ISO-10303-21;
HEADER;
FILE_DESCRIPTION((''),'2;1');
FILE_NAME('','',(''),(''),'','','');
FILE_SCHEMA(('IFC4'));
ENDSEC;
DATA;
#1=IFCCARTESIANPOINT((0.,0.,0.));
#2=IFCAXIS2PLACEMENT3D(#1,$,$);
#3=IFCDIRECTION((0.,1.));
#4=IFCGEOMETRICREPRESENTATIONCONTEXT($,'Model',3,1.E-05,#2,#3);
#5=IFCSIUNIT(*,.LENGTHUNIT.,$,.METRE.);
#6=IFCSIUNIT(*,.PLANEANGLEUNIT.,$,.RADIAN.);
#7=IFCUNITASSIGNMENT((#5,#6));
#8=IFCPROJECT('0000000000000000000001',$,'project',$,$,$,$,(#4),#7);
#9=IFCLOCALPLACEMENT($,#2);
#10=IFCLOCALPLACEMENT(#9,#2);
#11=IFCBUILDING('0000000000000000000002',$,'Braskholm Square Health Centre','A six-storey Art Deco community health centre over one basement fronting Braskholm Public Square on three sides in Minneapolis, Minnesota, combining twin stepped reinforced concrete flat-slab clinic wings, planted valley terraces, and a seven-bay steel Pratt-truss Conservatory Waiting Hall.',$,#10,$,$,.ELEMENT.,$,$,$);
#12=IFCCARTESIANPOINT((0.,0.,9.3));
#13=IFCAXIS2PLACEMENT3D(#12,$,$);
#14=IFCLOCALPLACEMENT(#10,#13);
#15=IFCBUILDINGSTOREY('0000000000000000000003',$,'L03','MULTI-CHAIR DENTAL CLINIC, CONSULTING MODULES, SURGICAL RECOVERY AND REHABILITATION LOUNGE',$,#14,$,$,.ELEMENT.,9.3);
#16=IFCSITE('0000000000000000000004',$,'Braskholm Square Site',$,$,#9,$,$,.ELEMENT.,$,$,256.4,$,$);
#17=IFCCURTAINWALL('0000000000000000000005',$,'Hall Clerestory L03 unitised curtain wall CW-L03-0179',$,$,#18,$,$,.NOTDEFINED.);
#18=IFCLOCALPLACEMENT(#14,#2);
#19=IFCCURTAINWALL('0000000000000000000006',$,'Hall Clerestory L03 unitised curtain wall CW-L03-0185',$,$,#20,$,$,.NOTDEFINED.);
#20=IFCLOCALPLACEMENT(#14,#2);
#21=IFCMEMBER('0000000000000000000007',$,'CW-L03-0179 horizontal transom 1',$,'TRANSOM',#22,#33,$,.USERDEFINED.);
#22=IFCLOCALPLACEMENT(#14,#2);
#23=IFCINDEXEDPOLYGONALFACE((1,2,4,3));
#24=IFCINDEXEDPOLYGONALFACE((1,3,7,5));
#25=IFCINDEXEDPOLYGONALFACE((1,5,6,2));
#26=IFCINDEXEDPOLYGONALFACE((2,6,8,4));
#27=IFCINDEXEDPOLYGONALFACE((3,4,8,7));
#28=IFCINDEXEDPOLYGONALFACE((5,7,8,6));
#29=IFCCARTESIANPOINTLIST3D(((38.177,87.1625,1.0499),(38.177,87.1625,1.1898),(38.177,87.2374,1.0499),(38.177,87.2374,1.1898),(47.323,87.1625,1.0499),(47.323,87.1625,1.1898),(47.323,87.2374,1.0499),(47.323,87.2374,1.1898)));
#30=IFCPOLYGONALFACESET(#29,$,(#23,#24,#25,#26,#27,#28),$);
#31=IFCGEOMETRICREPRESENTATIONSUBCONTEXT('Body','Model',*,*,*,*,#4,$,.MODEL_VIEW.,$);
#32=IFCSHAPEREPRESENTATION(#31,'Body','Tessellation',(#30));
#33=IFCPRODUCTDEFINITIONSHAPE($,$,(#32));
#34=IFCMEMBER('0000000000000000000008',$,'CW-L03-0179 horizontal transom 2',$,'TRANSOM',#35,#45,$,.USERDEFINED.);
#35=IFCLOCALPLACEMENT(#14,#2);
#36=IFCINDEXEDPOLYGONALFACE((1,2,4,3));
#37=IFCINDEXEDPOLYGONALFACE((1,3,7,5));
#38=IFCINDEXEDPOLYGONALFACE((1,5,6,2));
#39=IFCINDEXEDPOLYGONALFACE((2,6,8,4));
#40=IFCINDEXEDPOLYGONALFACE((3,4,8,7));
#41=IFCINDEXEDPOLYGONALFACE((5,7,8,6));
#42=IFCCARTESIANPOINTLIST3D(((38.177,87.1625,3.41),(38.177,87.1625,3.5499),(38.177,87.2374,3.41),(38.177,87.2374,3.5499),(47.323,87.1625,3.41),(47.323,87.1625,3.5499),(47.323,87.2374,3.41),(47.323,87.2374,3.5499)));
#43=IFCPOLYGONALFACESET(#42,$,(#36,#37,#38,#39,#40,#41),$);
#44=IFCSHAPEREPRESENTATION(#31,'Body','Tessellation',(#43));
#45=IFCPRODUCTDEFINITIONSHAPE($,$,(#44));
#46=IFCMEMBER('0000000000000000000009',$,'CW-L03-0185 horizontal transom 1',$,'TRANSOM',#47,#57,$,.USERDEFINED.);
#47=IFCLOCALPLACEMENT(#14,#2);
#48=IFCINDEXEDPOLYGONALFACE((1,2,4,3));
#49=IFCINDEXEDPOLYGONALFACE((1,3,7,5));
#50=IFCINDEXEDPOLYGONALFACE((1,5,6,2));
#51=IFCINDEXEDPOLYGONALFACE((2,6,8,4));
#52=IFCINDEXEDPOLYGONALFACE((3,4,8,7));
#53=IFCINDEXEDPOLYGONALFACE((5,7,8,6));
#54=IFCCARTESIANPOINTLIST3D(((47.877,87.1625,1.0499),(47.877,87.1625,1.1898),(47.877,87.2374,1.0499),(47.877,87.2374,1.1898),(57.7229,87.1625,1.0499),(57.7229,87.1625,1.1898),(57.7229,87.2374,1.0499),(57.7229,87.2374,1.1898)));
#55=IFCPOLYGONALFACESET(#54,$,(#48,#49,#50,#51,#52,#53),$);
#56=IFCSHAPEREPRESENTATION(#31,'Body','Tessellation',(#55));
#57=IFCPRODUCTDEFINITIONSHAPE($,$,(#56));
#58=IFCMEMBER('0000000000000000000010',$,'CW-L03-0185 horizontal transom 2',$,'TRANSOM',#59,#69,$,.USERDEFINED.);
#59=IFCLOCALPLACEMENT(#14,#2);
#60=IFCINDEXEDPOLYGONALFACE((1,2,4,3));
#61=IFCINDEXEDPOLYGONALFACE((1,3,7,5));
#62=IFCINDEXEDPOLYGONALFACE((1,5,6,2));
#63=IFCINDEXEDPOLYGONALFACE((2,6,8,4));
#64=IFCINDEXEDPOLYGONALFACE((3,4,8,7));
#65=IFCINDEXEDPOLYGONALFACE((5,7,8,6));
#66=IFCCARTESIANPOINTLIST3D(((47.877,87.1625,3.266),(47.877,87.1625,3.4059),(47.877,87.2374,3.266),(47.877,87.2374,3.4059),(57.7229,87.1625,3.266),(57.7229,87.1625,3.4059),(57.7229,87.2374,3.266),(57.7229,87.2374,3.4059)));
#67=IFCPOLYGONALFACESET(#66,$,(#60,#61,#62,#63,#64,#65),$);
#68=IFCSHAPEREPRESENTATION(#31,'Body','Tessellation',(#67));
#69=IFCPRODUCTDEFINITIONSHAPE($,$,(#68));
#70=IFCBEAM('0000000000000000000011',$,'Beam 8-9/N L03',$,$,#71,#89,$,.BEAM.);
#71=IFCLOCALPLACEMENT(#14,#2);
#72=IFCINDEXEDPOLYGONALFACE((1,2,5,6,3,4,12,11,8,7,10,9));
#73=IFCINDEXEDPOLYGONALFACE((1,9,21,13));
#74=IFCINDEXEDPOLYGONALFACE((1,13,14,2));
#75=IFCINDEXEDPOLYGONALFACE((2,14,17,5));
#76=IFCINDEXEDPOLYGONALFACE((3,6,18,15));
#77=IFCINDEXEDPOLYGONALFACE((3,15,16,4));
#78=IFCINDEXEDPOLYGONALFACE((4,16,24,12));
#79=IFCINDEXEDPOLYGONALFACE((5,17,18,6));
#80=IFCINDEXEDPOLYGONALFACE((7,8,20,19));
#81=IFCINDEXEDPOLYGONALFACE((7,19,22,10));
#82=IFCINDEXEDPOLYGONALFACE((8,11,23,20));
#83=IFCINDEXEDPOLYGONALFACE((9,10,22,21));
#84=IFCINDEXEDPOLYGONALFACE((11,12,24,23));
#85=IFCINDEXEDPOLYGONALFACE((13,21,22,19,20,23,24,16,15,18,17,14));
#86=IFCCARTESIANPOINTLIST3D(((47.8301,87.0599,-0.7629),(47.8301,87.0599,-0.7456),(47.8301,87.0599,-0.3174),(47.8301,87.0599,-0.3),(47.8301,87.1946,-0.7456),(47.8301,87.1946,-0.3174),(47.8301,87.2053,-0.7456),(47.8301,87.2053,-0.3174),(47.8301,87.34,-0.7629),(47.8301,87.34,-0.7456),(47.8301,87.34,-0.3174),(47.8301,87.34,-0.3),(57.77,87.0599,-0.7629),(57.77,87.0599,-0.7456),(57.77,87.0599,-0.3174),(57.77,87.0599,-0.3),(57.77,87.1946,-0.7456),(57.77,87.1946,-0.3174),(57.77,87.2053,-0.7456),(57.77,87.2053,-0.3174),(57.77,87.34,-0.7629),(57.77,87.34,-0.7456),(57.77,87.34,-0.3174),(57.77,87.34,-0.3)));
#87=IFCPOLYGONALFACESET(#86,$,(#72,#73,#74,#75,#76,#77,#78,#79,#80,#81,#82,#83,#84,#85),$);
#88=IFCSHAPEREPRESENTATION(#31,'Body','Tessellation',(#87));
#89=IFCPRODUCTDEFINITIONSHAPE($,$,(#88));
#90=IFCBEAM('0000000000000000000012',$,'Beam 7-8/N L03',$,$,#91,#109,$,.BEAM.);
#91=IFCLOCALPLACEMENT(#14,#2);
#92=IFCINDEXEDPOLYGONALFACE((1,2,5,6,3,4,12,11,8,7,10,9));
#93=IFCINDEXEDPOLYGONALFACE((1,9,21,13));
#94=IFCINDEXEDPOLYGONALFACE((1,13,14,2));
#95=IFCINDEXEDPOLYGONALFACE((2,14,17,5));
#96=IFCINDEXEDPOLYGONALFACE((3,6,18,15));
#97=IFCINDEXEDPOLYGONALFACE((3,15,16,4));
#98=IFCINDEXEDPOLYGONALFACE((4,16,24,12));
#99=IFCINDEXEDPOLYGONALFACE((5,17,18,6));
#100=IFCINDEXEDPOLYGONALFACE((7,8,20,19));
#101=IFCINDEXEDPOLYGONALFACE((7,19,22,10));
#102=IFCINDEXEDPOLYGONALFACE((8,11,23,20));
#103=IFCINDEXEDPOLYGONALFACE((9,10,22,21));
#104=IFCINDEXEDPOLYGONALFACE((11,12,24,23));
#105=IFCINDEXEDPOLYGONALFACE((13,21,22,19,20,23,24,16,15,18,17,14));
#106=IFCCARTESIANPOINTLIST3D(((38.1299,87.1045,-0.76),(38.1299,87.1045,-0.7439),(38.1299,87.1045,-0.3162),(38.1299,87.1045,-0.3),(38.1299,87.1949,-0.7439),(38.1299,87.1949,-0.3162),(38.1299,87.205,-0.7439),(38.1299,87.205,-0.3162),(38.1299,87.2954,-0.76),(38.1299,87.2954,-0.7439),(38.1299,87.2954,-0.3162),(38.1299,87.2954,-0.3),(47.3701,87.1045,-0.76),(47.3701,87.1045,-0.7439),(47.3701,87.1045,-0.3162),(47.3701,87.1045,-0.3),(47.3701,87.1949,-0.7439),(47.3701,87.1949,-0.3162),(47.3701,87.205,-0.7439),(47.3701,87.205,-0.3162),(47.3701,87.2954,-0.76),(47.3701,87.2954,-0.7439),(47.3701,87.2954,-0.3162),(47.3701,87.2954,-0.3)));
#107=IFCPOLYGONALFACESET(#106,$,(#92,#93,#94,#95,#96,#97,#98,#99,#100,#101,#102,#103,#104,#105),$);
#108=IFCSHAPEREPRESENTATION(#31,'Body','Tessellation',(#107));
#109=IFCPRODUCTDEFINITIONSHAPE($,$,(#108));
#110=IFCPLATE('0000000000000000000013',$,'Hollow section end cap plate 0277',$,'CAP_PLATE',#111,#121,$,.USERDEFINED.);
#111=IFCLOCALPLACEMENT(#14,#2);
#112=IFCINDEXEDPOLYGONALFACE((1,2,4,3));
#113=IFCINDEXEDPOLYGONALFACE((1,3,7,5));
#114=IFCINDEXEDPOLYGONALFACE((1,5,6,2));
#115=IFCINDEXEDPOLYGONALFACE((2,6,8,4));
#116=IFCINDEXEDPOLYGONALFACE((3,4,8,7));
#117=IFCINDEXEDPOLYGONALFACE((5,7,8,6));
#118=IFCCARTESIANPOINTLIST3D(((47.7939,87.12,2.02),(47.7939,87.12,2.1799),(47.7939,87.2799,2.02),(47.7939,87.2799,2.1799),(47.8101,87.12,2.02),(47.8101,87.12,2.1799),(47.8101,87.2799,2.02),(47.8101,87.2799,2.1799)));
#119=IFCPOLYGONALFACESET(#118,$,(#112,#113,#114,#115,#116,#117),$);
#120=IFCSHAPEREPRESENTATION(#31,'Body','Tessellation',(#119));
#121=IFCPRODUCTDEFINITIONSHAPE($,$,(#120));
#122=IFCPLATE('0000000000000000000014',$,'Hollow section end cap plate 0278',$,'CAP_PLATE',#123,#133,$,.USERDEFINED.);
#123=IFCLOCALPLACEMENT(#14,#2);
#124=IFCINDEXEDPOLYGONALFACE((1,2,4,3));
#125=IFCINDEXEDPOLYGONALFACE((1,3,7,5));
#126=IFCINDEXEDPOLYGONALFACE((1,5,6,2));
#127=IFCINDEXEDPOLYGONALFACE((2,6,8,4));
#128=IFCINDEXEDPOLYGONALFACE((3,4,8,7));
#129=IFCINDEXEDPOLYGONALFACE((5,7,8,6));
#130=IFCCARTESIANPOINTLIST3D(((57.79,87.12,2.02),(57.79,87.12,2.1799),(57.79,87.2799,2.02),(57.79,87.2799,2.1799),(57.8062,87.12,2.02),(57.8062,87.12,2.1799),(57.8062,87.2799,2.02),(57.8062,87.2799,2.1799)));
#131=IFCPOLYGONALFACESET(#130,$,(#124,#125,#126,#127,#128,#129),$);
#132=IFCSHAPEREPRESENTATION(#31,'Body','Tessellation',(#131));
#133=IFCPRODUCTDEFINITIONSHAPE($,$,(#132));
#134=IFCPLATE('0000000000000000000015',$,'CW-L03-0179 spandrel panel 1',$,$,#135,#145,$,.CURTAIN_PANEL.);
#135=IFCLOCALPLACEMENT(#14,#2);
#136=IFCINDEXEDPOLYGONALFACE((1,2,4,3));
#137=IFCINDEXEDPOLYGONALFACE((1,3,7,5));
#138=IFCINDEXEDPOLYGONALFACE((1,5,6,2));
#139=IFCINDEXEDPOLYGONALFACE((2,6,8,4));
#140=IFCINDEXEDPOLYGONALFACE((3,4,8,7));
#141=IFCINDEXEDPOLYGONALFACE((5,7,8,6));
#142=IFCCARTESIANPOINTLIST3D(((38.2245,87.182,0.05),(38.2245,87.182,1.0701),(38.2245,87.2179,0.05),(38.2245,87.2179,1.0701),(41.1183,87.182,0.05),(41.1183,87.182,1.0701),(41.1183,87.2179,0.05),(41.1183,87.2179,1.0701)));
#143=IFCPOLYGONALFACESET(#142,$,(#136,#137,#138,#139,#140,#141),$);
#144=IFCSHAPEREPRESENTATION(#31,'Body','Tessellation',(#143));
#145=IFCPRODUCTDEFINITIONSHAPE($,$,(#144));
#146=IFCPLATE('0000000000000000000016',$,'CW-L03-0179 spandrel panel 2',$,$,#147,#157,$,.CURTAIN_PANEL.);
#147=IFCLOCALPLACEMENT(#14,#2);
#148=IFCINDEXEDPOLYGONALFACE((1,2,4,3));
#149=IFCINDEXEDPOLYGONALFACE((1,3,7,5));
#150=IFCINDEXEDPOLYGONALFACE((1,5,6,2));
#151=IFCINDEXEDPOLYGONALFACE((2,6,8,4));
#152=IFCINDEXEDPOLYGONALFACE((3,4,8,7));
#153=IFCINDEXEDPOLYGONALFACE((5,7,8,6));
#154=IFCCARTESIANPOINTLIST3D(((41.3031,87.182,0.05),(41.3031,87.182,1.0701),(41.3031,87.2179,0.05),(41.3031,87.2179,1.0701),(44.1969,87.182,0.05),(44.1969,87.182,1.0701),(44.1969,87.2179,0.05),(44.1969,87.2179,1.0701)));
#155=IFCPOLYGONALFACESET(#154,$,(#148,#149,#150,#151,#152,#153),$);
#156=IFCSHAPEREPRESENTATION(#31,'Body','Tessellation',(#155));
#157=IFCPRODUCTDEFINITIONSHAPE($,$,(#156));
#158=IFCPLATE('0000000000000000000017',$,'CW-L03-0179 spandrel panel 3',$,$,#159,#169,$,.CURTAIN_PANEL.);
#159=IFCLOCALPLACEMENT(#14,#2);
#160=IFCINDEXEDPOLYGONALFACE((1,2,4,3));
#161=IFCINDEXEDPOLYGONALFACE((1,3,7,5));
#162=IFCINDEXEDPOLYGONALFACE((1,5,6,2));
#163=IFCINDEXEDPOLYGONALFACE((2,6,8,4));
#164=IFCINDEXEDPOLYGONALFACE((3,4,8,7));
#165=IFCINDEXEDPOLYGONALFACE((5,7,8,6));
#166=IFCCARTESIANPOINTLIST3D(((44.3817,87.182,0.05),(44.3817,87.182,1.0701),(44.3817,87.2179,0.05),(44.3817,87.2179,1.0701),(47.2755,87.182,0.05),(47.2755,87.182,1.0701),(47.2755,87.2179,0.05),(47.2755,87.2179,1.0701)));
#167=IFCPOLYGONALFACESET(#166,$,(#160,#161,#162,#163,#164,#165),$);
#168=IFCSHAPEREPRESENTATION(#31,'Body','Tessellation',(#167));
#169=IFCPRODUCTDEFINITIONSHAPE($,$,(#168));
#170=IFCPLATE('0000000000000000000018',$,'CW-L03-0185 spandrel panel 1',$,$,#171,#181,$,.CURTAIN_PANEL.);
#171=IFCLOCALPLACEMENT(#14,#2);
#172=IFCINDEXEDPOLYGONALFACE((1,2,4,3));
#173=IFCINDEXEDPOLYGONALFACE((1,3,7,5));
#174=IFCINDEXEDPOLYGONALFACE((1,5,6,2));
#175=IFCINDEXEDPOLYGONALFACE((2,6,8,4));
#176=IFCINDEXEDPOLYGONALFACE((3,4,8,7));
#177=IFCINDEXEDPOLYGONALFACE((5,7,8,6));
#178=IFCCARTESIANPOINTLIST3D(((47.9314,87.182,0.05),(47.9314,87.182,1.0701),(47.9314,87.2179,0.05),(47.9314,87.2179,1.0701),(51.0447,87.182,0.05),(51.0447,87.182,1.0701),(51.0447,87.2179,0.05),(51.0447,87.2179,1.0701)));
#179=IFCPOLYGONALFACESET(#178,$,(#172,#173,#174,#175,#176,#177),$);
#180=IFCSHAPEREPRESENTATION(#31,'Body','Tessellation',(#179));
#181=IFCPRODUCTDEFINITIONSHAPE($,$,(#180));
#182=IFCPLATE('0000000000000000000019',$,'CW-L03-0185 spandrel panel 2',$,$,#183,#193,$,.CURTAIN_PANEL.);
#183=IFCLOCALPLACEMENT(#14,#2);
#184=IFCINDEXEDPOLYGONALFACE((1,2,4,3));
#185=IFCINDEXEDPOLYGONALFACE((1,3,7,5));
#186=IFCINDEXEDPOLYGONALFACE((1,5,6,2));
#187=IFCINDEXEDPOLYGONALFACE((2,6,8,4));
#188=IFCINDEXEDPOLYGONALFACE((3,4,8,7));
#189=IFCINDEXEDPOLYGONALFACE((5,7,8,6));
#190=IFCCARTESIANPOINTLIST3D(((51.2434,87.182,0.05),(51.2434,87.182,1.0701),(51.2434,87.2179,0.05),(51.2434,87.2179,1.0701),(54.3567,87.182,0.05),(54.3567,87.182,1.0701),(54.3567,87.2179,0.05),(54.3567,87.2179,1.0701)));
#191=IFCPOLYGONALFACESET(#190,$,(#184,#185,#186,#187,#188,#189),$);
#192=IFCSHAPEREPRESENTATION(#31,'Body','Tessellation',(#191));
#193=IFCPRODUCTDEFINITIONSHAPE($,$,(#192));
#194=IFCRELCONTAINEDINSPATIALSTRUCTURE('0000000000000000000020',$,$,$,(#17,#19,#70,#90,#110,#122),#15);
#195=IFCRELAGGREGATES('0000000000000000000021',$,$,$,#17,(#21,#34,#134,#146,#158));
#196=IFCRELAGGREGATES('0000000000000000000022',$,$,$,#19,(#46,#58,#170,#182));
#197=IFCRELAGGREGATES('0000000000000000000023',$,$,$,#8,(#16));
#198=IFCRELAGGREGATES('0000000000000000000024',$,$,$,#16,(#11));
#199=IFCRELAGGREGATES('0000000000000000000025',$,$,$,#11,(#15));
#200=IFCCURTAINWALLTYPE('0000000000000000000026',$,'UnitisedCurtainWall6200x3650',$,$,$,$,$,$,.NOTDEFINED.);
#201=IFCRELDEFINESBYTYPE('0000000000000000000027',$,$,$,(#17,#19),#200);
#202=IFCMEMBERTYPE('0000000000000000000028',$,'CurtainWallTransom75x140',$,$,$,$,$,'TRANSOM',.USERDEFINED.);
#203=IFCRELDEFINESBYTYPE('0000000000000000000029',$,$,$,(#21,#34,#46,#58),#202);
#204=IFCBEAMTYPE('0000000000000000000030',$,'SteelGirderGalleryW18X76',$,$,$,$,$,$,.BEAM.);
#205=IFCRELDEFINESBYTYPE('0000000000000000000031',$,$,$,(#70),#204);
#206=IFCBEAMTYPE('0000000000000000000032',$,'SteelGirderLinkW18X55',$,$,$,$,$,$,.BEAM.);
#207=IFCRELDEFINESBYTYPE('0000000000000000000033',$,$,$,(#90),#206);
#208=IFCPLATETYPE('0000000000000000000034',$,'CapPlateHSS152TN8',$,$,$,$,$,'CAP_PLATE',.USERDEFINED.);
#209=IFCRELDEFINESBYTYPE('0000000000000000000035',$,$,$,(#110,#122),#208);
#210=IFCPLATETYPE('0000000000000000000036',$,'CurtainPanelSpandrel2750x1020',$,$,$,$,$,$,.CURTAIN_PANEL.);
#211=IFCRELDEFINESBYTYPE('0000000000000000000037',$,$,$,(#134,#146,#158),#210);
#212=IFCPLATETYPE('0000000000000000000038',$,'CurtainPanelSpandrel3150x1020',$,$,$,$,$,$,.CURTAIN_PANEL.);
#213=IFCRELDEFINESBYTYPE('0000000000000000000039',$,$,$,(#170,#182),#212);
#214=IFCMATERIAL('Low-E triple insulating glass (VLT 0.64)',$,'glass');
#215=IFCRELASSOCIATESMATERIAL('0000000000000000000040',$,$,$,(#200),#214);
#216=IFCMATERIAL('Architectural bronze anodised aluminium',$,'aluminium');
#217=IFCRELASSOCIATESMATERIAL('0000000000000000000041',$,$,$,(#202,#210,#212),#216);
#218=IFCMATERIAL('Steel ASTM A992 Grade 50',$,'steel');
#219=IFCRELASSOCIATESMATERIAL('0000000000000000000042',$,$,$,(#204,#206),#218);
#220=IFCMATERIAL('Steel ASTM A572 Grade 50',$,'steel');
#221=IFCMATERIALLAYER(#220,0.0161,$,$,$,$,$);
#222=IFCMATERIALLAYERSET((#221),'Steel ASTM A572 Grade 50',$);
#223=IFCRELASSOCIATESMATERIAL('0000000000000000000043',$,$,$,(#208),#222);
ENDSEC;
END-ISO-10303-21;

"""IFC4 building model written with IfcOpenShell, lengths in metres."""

from ifc_helpers import new_model, si_unit, direction, frame, origin, origin_2d, place, context, subcontext, project, spatial, rectangle, i_section, extrude, material, layer, layer_set, material_profile, profile_set, type_object, element, aggregate, save


model = new_model("IFC4")

# Units and contexts
model_context = context("Model", 3, precision=1e-05, world=origin(), true_north=direction((0.0, 1.0)))
body_context = subcontext(model_context, "Body", "Model", "MODEL_VIEW")
ifc_project = project(units=[si_unit("LENGTHUNIT", "METRE"), si_unit("PLANEANGLEUNIT", "RADIAN")], contexts=[model_context])

# Site, building, storey
site_placement = place(None, origin())
site = spatial("IfcSite", under=ifc_project, at=site_placement, Name="Braskholm Square Site", CompositionType="ELEMENT", RefElevation=256.4)
building_placement = place(site_placement, origin())
building = spatial("IfcBuilding", under=site, at=building_placement, Name="Braskholm Square Health Centre", Description="A six-storey Art Deco community health centre over one basement fronting Braskholm Public Square on three sides in Minneapolis, Minnesota, combining twin stepped reinforced concrete flat-slab clinic wings, planted valley terraces, and a seven-bay steel Pratt-truss Conservatory Waiting Hall.", CompositionType="ELEMENT")
storey_placement = place(building_placement, frame((0.0, 0.0, 9.3)))
storey = spatial("IfcBuildingStorey", under=building, at=storey_placement, Name="L03", Description="MULTI-CHAIR DENTAL CLINIC, CONSULTING MODULES, SURGICAL RECOVERY AND REHABILITATION LOUNGE", CompositionType="ELEMENT", Elevation=9.3)

# Curtain walls
ifc_material_1 = material(Name="Low-E triple insulating glass (VLT 0.64)", Category="glass")
curtain_wall_type = type_object("IfcCurtainWallType", Name="UnitisedCurtainWall6200x3650", PredefinedType="NOTDEFINED", material=ifc_material_1)
curtain_wall_1_placement = place(storey_placement, origin())
curtain_wall_1 = element("IfcCurtainWall", 1, at=curtain_wall_1_placement, inside=storey, type_object=curtain_wall_type, Name="Hall Clerestory L03 unitised curtain wall CW-L03-0179", PredefinedType="NOTDEFINED")
ifc_material_2 = material(Name="Architectural bronze anodised aluminium", Category="aluminium")
curtain_wall_2_placement = place(storey_placement, origin())
curtain_wall_2 = element("IfcCurtainWall", 2, at=curtain_wall_2_placement, inside=storey, type_object=curtain_wall_type, Name="Hall Clerestory L03 unitised curtain wall CW-L03-0185", PredefinedType="NOTDEFINED")

# Members
ifc_material_profile_1 = material_profile(ifc_material_2, rectangle(XDim=0.075, YDim=0.1399, at=origin_2d()), Name="ALU-75X140")
ifc_profile_set_1 = profile_set([ifc_material_profile_1], Name="Architectural bronze anodised aluminium")
member_type_1 = type_object("IfcMemberType", Name="CurtainWallTransom75x140", ElementType="TRANSOM", PredefinedType="USERDEFINED", material=ifc_profile_set_1)
member_1_placement = place(storey_placement, frame((38.177, 87.2, 1.1199), z_axis=(1.0, 0.0, 0.0), x_axis=(0.0, 1.0, 0.0)))
member_1 = element("IfcMember", 3, at=member_1_placement, type_object=member_type_1, Name="CW-L03-0179 horizontal transom 1", ObjectType="TRANSOM", PredefinedType="USERDEFINED", context=body_context, shape_type="SweptSolid", body=[
    extrude(rectangle(XDim=0.075, YDim=0.1399, at=origin_2d()), origin(), (0.0, 0.0, 1.0), 9.146),
])
member_2_placement = place(storey_placement, frame((38.177, 87.2, 3.48), z_axis=(1.0, 0.0, 0.0), x_axis=(0.0, 1.0, 0.0)))
member_2 = element("IfcMember", 4, at=member_2_placement, type_object=member_type_1, Name="CW-L03-0179 horizontal transom 2", ObjectType="TRANSOM", PredefinedType="USERDEFINED", context=body_context, shape_type="SweptSolid", body=[
    extrude(rectangle(XDim=0.075, YDim=0.1399, at=origin_2d()), origin(), (0.0, 0.0, 1.0), 9.146),
])
member_3_placement = place(storey_placement, frame((47.877, 87.2, 1.1199), z_axis=(1.0, 0.0, 0.0), x_axis=(0.0, 1.0, 0.0)))
member_3 = element("IfcMember", 5, at=member_3_placement, type_object=member_type_1, Name="CW-L03-0185 horizontal transom 1", ObjectType="TRANSOM", PredefinedType="USERDEFINED", context=body_context, shape_type="SweptSolid", body=[
    extrude(rectangle(XDim=0.075, YDim=0.1399, at=origin_2d()), origin(), (0.0, 0.0, 1.0), 9.8459),
])
member_4_placement = place(storey_placement, frame((47.877, 87.2, 3.3359), z_axis=(1.0, 0.0, 0.0), x_axis=(0.0, 1.0, 0.0)))
member_4 = element("IfcMember", 6, at=member_4_placement, type_object=member_type_1, Name="CW-L03-0185 horizontal transom 2", ObjectType="TRANSOM", PredefinedType="USERDEFINED", context=body_context, shape_type="SweptSolid", body=[
    extrude(rectangle(XDim=0.075, YDim=0.1399, at=origin_2d()), origin(), (0.0, 0.0, 1.0), 9.8459),
])

# Beams
ifc_material_3 = material(Name="Steel ASTM A992 Grade 50", Category="steel")
ifc_material_profile_2 = material_profile(ifc_material_3, i_section(OverallWidth=0.28, OverallDepth=0.4629, WebThickness=0.0107, FlangeThickness=0.0173, at=origin_2d()), Name="W18X76")
ifc_profile_set_2 = profile_set([ifc_material_profile_2], Name="Steel ASTM A992 Grade 50")
beam_type_1 = type_object("IfcBeamType", Name="SteelGirderGalleryW18X76", PredefinedType="BEAM", material=ifc_profile_set_2)
beam_1_placement = place(storey_placement, frame((47.8301, 87.2, -0.5315), z_axis=(1.0, 0.0, 0.0), x_axis=(0.0, 1.0, 0.0)))
element("IfcBeam", 7, at=beam_1_placement, inside=storey, type_object=beam_type_1, Name="Beam 8-9/N L03", PredefinedType="BEAM", context=body_context, shape_type="SweptSolid", body=[
    extrude(i_section(OverallWidth=0.28, OverallDepth=0.4629, WebThickness=0.0107, FlangeThickness=0.0173, at=origin_2d()), origin(), (0.0, 0.0, 1.0), 9.9399),
])
ifc_material_profile_3 = material_profile(ifc_material_3, i_section(OverallWidth=0.1909, OverallDepth=0.46, WebThickness=0.01, FlangeThickness=0.0161, at=origin_2d()), Name="W18X55")
ifc_profile_set_3 = profile_set([ifc_material_profile_3], Name="Steel ASTM A992 Grade 50")
beam_type_2 = type_object("IfcBeamType", Name="SteelGirderLinkW18X55", PredefinedType="BEAM", material=ifc_profile_set_3)
beam_2_placement = place(storey_placement, frame((38.1299, 87.2, -0.53), z_axis=(1.0, 0.0, 0.0), x_axis=(0.0, 1.0, 0.0)))
element("IfcBeam", 8, at=beam_2_placement, inside=storey, type_object=beam_type_2, Name="Beam 7-8/N L03", PredefinedType="BEAM", context=body_context, shape_type="SweptSolid", body=[
    extrude(i_section(OverallWidth=0.1909, OverallDepth=0.46, WebThickness=0.01, FlangeThickness=0.0161, at=origin_2d()), origin(), (0.0, 0.0, 1.0), 9.2402),
])

# Plates
ifc_material_4 = material(Name="Steel ASTM A572 Grade 50", Category="steel")
ifc_layer_1 = layer(ifc_material_4, 0.0161)
ifc_layer_set_1 = layer_set([ifc_layer_1], Name="Steel ASTM A572 Grade 50")
plate_type_1 = type_object("IfcPlateType", Name="CapPlateHSS152TN8", ElementType="CAP_PLATE", PredefinedType="USERDEFINED", material=ifc_layer_set_1)
for number, where, z_axis, x_axis, name in (
    (9, (47.802, 87.2, 2.02), (0.0, 0.0, 1.0), (1.0, 0.0, 0.0), "Hollow section end cap plate 0277"),
    (10, (57.7981, 87.2, 2.02), (0.0, 0.0, 1.0), (1.0, 0.0, 0.0), "Hollow section end cap plate 0278"),
):
    element("IfcPlate", number, at=place(storey_placement, frame(where, z_axis=z_axis, x_axis=x_axis)), inside=storey, type_object=plate_type_1, Name=name, ObjectType="CAP_PLATE", PredefinedType="USERDEFINED", context=body_context, shape_type="SweptSolid", body=[
        extrude(rectangle(XDim=0.0161, YDim=0.1599, at=origin_2d()), origin(), (0.0, 0.0, 1.0), 0.1599),
    ])

# Plates
plate_type_2 = type_object("IfcPlateType", Name="CurtainPanelSpandrel2750x1020", PredefinedType="CURTAIN_PANEL", material=ifc_material_2)
plate_1_placement = place(storey_placement, frame((39.6714, 87.2, 0.05), z_axis=(0.0, 0.0, 1.0), x_axis=(1.0, 0.0, 0.0)))
plate_1 = element("IfcPlate", 11, at=plate_1_placement, type_object=plate_type_2, Name="CW-L03-0179 spandrel panel 1", PredefinedType="CURTAIN_PANEL", context=body_context, shape_type="SweptSolid", body=[
    extrude(rectangle(XDim=2.8938, YDim=0.0359, at=origin_2d()), origin(), (0.0, 0.0, 1.0), 1.02),
])
plate_2_placement = place(storey_placement, frame((42.75, 87.2, 0.05), z_axis=(0.0, 0.0, 1.0), x_axis=(1.0, 0.0, 0.0)))
plate_2 = element("IfcPlate", 12, at=plate_2_placement, type_object=plate_type_2, Name="CW-L03-0179 spandrel panel 2", PredefinedType="CURTAIN_PANEL", context=body_context, shape_type="SweptSolid", body=[
    extrude(rectangle(XDim=2.8938, YDim=0.0359, at=origin_2d()), origin(), (0.0, 0.0, 1.0), 1.02),
])
plate_3_placement = place(storey_placement, frame((45.8286, 87.2, 0.05), z_axis=(0.0, 0.0, 1.0), x_axis=(1.0, 0.0, 0.0)))
plate_3 = element("IfcPlate", 13, at=plate_3_placement, type_object=plate_type_2, Name="CW-L03-0179 spandrel panel 3", PredefinedType="CURTAIN_PANEL", context=body_context, shape_type="SweptSolid", body=[
    extrude(rectangle(XDim=2.8938, YDim=0.0359, at=origin_2d()), origin(), (0.0, 0.0, 1.0), 1.02),
])
plate_type_3 = type_object("IfcPlateType", Name="CurtainPanelSpandrel3150x1020", PredefinedType="CURTAIN_PANEL", material=ifc_material_2)
plate_4_placement = place(storey_placement, frame((49.488, 87.2, 0.05), z_axis=(0.0, 0.0, 1.0), x_axis=(1.0, 0.0, 0.0)))
plate_4 = element("IfcPlate", 14, at=plate_4_placement, type_object=plate_type_3, Name="CW-L03-0185 spandrel panel 1", PredefinedType="CURTAIN_PANEL", context=body_context, shape_type="SweptSolid", body=[
    extrude(rectangle(XDim=3.1133, YDim=0.0359, at=origin_2d()), origin(), (0.0, 0.0, 1.0), 1.02),
])
plate_5_placement = place(storey_placement, frame((52.8, 87.2, 0.05), z_axis=(0.0, 0.0, 1.0), x_axis=(1.0, 0.0, 0.0)))
plate_5 = element("IfcPlate", 15, at=plate_5_placement, type_object=plate_type_3, Name="CW-L03-0185 spandrel panel 2", PredefinedType="CURTAIN_PANEL", context=body_context, shape_type="SweptSolid", body=[
    extrude(rectangle(XDim=3.1133, YDim=0.0359, at=origin_2d()), origin(), (0.0, 0.0, 1.0), 1.02),
])
aggregate(curtain_wall_1, [member_1, member_2, plate_1, plate_2, plate_3])
aggregate(curtain_wall_2, [member_3, member_4, plate_4, plate_5])

save(model, "model.ifc")
